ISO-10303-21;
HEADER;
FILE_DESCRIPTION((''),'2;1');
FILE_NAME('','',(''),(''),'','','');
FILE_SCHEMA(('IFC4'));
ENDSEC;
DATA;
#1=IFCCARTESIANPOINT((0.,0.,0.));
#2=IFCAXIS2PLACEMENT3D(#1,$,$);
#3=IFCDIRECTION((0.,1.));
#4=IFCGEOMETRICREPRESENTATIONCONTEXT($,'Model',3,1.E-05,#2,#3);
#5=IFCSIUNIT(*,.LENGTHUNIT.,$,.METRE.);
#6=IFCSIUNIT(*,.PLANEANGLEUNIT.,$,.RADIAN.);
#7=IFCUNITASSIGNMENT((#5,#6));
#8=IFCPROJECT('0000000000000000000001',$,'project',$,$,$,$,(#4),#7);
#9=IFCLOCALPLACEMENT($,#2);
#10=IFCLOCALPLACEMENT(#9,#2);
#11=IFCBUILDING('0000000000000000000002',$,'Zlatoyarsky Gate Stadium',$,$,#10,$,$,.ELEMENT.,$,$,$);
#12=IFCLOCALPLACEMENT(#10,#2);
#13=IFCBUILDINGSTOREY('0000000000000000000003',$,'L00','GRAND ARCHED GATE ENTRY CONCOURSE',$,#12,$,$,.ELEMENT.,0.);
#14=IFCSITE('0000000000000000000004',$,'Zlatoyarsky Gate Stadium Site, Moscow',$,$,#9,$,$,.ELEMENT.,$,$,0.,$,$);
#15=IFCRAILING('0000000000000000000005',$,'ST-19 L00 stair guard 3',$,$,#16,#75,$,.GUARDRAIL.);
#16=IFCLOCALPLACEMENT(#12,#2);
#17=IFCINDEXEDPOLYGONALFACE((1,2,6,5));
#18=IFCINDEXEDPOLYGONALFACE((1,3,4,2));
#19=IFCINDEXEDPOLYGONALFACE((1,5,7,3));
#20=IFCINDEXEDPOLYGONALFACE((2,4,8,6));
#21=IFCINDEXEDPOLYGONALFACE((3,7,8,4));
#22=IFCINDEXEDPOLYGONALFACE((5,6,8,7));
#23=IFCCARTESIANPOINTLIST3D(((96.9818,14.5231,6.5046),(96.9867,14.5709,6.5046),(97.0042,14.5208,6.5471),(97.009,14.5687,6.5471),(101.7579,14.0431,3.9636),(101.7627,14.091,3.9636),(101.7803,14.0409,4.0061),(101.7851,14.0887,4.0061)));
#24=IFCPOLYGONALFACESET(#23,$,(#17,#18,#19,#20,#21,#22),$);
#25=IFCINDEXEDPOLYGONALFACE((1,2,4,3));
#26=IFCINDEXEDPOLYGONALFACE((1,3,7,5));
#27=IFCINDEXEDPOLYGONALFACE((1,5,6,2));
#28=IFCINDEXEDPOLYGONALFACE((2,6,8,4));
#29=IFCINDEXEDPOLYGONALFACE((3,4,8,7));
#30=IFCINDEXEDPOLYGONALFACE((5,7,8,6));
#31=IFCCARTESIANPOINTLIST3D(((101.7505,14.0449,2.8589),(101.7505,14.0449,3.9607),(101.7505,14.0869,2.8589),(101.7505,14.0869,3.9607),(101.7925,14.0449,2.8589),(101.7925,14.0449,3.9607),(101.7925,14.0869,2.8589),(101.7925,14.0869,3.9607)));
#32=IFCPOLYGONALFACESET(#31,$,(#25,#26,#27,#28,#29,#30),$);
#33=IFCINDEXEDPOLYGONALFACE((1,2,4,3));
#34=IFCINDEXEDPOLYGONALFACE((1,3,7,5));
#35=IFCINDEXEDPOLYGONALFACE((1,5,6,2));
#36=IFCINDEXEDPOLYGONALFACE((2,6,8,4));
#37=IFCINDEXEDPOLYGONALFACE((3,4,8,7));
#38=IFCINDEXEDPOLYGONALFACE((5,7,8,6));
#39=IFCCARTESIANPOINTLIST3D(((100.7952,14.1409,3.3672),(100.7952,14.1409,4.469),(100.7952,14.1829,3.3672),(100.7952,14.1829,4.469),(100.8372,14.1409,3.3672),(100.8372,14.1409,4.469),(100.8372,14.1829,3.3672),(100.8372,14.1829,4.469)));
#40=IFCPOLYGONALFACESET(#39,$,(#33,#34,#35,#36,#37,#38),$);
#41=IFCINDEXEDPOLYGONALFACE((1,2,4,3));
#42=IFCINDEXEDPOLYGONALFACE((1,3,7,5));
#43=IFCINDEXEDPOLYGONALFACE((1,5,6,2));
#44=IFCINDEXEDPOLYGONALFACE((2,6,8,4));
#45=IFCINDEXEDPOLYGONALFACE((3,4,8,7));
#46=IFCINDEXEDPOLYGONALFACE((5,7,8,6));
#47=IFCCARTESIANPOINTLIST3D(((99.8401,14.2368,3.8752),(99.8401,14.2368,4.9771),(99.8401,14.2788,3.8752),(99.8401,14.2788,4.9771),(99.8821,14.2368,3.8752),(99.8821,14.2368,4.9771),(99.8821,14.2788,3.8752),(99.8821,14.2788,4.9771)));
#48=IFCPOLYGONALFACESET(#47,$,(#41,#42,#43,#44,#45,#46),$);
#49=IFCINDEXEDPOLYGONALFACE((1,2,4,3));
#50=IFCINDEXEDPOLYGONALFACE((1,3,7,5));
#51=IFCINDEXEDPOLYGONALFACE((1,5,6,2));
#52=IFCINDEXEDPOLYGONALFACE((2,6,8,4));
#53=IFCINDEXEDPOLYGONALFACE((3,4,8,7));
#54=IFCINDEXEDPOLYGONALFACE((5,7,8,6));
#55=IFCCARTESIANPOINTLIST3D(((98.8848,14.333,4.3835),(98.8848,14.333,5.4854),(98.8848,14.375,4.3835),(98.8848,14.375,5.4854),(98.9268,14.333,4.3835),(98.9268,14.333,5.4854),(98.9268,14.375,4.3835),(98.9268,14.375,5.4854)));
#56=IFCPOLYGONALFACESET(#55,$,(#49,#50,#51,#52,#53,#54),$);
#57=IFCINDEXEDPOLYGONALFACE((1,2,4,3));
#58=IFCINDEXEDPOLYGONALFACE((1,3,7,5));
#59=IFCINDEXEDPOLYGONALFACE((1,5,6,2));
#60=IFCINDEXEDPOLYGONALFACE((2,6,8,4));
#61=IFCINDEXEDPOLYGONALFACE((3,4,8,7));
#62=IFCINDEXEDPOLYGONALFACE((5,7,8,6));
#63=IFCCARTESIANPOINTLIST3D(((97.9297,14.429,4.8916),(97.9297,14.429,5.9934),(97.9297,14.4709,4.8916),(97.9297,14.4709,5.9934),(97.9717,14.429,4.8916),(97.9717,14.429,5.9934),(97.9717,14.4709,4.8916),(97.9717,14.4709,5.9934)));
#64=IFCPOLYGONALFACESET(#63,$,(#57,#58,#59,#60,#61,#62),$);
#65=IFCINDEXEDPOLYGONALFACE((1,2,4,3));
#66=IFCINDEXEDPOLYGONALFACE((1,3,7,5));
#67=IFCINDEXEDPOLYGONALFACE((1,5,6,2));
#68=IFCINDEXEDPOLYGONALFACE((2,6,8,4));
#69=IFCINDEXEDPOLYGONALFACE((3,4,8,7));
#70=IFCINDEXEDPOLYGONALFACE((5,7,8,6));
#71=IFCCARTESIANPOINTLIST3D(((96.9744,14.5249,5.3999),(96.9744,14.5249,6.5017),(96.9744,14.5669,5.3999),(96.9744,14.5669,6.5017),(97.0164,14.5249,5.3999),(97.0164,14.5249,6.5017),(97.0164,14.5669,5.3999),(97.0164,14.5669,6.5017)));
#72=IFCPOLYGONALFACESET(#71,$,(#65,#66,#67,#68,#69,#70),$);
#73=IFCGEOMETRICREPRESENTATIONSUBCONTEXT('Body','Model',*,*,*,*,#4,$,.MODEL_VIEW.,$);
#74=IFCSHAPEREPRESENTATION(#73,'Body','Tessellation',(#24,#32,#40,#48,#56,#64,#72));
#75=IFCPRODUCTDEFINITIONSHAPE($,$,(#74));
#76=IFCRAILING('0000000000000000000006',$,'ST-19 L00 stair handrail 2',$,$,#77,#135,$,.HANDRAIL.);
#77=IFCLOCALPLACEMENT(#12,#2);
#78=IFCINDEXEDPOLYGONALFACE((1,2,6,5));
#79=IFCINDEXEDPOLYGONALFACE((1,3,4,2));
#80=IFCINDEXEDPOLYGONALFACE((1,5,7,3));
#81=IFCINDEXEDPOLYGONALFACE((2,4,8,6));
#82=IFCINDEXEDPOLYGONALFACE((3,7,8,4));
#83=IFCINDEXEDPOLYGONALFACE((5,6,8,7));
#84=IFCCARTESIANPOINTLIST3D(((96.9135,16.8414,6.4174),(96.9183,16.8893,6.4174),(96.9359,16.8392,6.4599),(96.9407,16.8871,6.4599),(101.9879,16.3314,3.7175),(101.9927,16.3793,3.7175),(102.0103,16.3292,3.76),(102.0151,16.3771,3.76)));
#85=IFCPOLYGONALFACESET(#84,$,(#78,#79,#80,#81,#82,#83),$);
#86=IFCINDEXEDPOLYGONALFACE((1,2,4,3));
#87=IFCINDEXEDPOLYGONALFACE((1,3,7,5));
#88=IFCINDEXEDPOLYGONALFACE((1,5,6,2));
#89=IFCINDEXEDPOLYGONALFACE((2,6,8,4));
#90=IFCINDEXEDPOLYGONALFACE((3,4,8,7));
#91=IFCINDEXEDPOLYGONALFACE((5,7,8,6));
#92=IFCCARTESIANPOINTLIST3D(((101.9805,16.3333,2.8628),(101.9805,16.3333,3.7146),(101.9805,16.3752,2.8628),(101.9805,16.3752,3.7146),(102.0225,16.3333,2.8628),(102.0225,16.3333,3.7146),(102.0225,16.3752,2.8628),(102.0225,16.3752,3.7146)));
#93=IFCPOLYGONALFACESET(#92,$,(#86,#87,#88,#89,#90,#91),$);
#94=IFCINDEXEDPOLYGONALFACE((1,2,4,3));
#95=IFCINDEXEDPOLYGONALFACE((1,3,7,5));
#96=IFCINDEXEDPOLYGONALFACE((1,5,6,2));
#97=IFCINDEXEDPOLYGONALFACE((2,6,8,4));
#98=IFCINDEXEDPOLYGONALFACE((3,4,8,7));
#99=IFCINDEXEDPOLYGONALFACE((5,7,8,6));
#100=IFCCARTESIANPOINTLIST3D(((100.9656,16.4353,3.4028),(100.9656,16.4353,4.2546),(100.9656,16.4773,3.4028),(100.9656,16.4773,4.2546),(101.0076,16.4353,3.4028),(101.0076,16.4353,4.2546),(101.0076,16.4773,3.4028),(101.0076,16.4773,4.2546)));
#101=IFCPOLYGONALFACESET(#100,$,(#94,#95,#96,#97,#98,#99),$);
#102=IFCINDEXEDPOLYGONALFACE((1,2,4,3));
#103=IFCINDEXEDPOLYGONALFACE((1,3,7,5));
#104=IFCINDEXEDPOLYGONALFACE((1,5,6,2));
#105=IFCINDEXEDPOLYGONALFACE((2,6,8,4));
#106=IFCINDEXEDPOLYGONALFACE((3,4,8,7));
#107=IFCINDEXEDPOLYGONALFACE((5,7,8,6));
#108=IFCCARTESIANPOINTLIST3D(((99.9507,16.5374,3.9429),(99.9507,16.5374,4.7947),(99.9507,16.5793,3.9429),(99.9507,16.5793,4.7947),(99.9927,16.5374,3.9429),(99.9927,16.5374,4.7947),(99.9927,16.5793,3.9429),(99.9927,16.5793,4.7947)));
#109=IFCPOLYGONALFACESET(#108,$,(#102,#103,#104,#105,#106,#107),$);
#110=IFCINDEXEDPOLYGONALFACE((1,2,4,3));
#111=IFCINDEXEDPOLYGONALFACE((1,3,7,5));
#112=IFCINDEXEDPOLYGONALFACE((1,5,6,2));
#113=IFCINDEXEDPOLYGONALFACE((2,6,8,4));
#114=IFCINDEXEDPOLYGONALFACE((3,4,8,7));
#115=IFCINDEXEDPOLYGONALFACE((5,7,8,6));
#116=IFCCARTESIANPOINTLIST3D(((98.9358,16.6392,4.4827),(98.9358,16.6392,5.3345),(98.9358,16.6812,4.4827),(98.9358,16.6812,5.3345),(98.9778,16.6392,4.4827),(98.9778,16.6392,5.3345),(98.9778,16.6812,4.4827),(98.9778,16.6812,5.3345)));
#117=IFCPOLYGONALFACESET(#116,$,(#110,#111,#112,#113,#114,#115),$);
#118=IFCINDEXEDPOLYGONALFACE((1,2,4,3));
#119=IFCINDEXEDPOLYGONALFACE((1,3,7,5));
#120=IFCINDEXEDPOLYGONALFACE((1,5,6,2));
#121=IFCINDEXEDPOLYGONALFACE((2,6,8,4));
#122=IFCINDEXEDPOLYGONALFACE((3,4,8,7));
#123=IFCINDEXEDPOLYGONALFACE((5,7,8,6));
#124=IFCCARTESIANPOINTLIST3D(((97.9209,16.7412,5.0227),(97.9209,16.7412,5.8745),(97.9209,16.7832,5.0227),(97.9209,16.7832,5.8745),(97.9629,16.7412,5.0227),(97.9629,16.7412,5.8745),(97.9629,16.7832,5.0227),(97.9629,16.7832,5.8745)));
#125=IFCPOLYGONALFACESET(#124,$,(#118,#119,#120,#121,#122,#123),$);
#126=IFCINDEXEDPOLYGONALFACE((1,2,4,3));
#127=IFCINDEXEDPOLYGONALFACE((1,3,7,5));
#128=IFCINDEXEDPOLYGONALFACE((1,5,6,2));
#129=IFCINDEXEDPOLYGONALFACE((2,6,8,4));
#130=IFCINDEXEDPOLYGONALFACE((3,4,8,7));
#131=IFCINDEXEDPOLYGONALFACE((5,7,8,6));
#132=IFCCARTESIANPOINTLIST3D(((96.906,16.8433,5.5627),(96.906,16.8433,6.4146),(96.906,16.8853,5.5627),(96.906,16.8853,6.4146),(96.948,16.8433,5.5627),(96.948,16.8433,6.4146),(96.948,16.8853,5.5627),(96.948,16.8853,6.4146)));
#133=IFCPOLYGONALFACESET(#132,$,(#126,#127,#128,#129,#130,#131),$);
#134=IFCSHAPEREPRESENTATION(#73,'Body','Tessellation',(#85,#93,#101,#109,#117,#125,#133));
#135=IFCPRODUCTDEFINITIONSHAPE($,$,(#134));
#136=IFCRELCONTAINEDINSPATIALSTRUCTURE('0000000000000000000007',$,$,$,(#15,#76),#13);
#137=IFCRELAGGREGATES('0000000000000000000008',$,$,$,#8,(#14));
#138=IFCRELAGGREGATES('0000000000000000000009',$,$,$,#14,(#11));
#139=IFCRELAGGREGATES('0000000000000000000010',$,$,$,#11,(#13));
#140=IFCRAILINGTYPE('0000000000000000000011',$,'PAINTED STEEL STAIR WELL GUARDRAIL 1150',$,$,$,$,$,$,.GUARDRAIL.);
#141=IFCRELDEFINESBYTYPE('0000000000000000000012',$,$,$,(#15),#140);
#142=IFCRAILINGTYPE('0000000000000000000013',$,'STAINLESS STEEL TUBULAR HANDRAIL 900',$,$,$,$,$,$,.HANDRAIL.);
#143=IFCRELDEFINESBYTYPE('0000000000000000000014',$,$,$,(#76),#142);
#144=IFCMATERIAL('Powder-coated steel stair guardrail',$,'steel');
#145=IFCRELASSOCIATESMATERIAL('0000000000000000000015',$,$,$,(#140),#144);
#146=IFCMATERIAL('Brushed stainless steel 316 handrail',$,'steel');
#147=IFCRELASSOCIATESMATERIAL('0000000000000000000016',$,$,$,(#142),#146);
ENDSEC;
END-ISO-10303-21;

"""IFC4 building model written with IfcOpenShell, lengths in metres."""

from ifc_helpers import new_model, si_unit, direction, frame, origin, origin_2d, place, context, subcontext, project, spatial, rectangle, extrude, material, type_object, element, save


model = new_model("IFC4")

# Units and contexts
model_context = context("Model", 3, precision=1e-05, world=origin(), true_north=direction((0.0, 1.0)))
body_context = subcontext(model_context, "Body", "Model", "MODEL_VIEW")
ifc_project = project(units=[si_unit("LENGTHUNIT", "METRE"), si_unit("PLANEANGLEUNIT", "RADIAN")], contexts=[model_context])

# Site, building, storey
site_placement = place(None, origin())
site = spatial("IfcSite", under=ifc_project, at=site_placement, Name="Zlatoyarsky Gate Stadium Site, Moscow", CompositionType="ELEMENT", RefElevation=0.0)
building_placement = place(site_placement, origin())
building = spatial("IfcBuilding", under=site, at=building_placement, Name="Zlatoyarsky Gate Stadium", CompositionType="ELEMENT")
storey_placement = place(building_placement, origin())
storey = spatial("IfcBuildingStorey", under=building, at=storey_placement, Name="L00", Description="GRAND ARCHED GATE ENTRY CONCOURSE", CompositionType="ELEMENT", Elevation=0.0)

# Railings
ifc_material_1 = material(Name="Powder-coated steel stair guardrail", Category="steel")
railing_type_1 = type_object("IfcRailingType", Name="PAINTED STEEL STAIR WELL GUARDRAIL 1150", PredefinedType="GUARDRAIL", material=ifc_material_1)
railing_1_placement = place(storey_placement, frame((101.7715, 14.0659, 2.8589)))
element("IfcRailing", 1, at=railing_1_placement, inside=storey, type_object=railing_type_1, Name="ST-19 L00 stair guard 3", PredefinedType="GUARDRAIL", context=body_context, shape_type="SweptSolid", body=[
    extrude(rectangle(XDim=0.0481, YDim=0.0481, at=origin_2d()), frame((0.0, 0.0, 1.126), z_axis=(-0.879378, 0.088374, 0.467851), x_axis=(-0.099992, -0.994988, 0.0)), (0.0, 0.0, 1.0), 5.4312),
    extrude(rectangle(XDim=0.042, YDim=0.042, at=origin_2d()), origin(), (0.0, 0.0, 1.0), 1.1018),
    extrude(rectangle(XDim=0.042, YDim=0.042, at=origin_2d()), frame((-0.9553, 0.0959, 0.5083)), (0.0, 0.0, 1.0), 1.1018),
    extrude(rectangle(XDim=0.042, YDim=0.042, at=origin_2d()), frame((-1.9104, 0.1919, 1.0164)), (0.0, 0.0, 1.0), 1.1018),
    extrude(rectangle(XDim=0.042, YDim=0.042, at=origin_2d()), frame((-2.8657, 0.2881, 1.5247)), (0.0, 0.0, 1.0), 1.1018),
    extrude(rectangle(XDim=0.042, YDim=0.042, at=origin_2d()), frame((-3.8208, 0.384, 2.0327)), (0.0, 0.0, 1.0), 1.1018),
    extrude(rectangle(XDim=0.042, YDim=0.042, at=origin_2d()), frame((-4.7761, 0.48, 2.541)), (0.0, 0.0, 1.0), 1.1018),
])
ifc_material_2 = material(Name="Brushed stainless steel 316 handrail", Category="steel")
railing_type_2 = type_object("IfcRailingType", Name="STAINLESS STEEL TUBULAR HANDRAIL 900", PredefinedType="HANDRAIL", material=ifc_material_2)
railing_2_placement = place(storey_placement, frame((102.0015, 16.3542, 2.8628)))
element("IfcRailing", 2, at=railing_2_placement, inside=storey, type_object=railing_type_2, Name="ST-19 L00 stair handrail 2", PredefinedType="HANDRAIL", context=body_context, shape_type="SweptSolid", body=[
    extrude(rectangle(XDim=0.0481, YDim=0.0481, at=origin_2d()), frame((0.0, 0.0, 0.876), z_axis=(-0.879362, 0.08838, 0.467879), x_axis=(-0.100001, -0.994987, 0.0)), (0.0, 0.0, 1.0), 5.7705),
    extrude(rectangle(XDim=0.042, YDim=0.042, at=origin_2d()), origin(), (0.0, 0.0, 1.0), 0.8518),
    extrude(rectangle(XDim=0.042, YDim=0.042, at=origin_2d()), frame((-1.0149, 0.1021, 0.54)), (0.0, 0.0, 1.0), 0.8518),
    extrude(rectangle(XDim=0.042, YDim=0.042, at=origin_2d()), frame((-2.0298, 0.2041, 1.0801)), (0.0, 0.0, 1.0), 0.8518),
    extrude(rectangle(XDim=0.042, YDim=0.042, at=origin_2d()), frame((-3.0447, 0.3059, 1.6199)), (0.0, 0.0, 1.0), 0.8518),
    extrude(rectangle(XDim=0.042, YDim=0.042, at=origin_2d()), frame((-4.0596, 0.408, 2.1599)), (0.0, 0.0, 1.0), 0.8518),
    extrude(rectangle(XDim=0.042, YDim=0.042, at=origin_2d()), frame((-5.0745, 0.51, 2.7)), (0.0, 0.0, 1.0), 0.8518),
])

save(model, "model.ifc")
